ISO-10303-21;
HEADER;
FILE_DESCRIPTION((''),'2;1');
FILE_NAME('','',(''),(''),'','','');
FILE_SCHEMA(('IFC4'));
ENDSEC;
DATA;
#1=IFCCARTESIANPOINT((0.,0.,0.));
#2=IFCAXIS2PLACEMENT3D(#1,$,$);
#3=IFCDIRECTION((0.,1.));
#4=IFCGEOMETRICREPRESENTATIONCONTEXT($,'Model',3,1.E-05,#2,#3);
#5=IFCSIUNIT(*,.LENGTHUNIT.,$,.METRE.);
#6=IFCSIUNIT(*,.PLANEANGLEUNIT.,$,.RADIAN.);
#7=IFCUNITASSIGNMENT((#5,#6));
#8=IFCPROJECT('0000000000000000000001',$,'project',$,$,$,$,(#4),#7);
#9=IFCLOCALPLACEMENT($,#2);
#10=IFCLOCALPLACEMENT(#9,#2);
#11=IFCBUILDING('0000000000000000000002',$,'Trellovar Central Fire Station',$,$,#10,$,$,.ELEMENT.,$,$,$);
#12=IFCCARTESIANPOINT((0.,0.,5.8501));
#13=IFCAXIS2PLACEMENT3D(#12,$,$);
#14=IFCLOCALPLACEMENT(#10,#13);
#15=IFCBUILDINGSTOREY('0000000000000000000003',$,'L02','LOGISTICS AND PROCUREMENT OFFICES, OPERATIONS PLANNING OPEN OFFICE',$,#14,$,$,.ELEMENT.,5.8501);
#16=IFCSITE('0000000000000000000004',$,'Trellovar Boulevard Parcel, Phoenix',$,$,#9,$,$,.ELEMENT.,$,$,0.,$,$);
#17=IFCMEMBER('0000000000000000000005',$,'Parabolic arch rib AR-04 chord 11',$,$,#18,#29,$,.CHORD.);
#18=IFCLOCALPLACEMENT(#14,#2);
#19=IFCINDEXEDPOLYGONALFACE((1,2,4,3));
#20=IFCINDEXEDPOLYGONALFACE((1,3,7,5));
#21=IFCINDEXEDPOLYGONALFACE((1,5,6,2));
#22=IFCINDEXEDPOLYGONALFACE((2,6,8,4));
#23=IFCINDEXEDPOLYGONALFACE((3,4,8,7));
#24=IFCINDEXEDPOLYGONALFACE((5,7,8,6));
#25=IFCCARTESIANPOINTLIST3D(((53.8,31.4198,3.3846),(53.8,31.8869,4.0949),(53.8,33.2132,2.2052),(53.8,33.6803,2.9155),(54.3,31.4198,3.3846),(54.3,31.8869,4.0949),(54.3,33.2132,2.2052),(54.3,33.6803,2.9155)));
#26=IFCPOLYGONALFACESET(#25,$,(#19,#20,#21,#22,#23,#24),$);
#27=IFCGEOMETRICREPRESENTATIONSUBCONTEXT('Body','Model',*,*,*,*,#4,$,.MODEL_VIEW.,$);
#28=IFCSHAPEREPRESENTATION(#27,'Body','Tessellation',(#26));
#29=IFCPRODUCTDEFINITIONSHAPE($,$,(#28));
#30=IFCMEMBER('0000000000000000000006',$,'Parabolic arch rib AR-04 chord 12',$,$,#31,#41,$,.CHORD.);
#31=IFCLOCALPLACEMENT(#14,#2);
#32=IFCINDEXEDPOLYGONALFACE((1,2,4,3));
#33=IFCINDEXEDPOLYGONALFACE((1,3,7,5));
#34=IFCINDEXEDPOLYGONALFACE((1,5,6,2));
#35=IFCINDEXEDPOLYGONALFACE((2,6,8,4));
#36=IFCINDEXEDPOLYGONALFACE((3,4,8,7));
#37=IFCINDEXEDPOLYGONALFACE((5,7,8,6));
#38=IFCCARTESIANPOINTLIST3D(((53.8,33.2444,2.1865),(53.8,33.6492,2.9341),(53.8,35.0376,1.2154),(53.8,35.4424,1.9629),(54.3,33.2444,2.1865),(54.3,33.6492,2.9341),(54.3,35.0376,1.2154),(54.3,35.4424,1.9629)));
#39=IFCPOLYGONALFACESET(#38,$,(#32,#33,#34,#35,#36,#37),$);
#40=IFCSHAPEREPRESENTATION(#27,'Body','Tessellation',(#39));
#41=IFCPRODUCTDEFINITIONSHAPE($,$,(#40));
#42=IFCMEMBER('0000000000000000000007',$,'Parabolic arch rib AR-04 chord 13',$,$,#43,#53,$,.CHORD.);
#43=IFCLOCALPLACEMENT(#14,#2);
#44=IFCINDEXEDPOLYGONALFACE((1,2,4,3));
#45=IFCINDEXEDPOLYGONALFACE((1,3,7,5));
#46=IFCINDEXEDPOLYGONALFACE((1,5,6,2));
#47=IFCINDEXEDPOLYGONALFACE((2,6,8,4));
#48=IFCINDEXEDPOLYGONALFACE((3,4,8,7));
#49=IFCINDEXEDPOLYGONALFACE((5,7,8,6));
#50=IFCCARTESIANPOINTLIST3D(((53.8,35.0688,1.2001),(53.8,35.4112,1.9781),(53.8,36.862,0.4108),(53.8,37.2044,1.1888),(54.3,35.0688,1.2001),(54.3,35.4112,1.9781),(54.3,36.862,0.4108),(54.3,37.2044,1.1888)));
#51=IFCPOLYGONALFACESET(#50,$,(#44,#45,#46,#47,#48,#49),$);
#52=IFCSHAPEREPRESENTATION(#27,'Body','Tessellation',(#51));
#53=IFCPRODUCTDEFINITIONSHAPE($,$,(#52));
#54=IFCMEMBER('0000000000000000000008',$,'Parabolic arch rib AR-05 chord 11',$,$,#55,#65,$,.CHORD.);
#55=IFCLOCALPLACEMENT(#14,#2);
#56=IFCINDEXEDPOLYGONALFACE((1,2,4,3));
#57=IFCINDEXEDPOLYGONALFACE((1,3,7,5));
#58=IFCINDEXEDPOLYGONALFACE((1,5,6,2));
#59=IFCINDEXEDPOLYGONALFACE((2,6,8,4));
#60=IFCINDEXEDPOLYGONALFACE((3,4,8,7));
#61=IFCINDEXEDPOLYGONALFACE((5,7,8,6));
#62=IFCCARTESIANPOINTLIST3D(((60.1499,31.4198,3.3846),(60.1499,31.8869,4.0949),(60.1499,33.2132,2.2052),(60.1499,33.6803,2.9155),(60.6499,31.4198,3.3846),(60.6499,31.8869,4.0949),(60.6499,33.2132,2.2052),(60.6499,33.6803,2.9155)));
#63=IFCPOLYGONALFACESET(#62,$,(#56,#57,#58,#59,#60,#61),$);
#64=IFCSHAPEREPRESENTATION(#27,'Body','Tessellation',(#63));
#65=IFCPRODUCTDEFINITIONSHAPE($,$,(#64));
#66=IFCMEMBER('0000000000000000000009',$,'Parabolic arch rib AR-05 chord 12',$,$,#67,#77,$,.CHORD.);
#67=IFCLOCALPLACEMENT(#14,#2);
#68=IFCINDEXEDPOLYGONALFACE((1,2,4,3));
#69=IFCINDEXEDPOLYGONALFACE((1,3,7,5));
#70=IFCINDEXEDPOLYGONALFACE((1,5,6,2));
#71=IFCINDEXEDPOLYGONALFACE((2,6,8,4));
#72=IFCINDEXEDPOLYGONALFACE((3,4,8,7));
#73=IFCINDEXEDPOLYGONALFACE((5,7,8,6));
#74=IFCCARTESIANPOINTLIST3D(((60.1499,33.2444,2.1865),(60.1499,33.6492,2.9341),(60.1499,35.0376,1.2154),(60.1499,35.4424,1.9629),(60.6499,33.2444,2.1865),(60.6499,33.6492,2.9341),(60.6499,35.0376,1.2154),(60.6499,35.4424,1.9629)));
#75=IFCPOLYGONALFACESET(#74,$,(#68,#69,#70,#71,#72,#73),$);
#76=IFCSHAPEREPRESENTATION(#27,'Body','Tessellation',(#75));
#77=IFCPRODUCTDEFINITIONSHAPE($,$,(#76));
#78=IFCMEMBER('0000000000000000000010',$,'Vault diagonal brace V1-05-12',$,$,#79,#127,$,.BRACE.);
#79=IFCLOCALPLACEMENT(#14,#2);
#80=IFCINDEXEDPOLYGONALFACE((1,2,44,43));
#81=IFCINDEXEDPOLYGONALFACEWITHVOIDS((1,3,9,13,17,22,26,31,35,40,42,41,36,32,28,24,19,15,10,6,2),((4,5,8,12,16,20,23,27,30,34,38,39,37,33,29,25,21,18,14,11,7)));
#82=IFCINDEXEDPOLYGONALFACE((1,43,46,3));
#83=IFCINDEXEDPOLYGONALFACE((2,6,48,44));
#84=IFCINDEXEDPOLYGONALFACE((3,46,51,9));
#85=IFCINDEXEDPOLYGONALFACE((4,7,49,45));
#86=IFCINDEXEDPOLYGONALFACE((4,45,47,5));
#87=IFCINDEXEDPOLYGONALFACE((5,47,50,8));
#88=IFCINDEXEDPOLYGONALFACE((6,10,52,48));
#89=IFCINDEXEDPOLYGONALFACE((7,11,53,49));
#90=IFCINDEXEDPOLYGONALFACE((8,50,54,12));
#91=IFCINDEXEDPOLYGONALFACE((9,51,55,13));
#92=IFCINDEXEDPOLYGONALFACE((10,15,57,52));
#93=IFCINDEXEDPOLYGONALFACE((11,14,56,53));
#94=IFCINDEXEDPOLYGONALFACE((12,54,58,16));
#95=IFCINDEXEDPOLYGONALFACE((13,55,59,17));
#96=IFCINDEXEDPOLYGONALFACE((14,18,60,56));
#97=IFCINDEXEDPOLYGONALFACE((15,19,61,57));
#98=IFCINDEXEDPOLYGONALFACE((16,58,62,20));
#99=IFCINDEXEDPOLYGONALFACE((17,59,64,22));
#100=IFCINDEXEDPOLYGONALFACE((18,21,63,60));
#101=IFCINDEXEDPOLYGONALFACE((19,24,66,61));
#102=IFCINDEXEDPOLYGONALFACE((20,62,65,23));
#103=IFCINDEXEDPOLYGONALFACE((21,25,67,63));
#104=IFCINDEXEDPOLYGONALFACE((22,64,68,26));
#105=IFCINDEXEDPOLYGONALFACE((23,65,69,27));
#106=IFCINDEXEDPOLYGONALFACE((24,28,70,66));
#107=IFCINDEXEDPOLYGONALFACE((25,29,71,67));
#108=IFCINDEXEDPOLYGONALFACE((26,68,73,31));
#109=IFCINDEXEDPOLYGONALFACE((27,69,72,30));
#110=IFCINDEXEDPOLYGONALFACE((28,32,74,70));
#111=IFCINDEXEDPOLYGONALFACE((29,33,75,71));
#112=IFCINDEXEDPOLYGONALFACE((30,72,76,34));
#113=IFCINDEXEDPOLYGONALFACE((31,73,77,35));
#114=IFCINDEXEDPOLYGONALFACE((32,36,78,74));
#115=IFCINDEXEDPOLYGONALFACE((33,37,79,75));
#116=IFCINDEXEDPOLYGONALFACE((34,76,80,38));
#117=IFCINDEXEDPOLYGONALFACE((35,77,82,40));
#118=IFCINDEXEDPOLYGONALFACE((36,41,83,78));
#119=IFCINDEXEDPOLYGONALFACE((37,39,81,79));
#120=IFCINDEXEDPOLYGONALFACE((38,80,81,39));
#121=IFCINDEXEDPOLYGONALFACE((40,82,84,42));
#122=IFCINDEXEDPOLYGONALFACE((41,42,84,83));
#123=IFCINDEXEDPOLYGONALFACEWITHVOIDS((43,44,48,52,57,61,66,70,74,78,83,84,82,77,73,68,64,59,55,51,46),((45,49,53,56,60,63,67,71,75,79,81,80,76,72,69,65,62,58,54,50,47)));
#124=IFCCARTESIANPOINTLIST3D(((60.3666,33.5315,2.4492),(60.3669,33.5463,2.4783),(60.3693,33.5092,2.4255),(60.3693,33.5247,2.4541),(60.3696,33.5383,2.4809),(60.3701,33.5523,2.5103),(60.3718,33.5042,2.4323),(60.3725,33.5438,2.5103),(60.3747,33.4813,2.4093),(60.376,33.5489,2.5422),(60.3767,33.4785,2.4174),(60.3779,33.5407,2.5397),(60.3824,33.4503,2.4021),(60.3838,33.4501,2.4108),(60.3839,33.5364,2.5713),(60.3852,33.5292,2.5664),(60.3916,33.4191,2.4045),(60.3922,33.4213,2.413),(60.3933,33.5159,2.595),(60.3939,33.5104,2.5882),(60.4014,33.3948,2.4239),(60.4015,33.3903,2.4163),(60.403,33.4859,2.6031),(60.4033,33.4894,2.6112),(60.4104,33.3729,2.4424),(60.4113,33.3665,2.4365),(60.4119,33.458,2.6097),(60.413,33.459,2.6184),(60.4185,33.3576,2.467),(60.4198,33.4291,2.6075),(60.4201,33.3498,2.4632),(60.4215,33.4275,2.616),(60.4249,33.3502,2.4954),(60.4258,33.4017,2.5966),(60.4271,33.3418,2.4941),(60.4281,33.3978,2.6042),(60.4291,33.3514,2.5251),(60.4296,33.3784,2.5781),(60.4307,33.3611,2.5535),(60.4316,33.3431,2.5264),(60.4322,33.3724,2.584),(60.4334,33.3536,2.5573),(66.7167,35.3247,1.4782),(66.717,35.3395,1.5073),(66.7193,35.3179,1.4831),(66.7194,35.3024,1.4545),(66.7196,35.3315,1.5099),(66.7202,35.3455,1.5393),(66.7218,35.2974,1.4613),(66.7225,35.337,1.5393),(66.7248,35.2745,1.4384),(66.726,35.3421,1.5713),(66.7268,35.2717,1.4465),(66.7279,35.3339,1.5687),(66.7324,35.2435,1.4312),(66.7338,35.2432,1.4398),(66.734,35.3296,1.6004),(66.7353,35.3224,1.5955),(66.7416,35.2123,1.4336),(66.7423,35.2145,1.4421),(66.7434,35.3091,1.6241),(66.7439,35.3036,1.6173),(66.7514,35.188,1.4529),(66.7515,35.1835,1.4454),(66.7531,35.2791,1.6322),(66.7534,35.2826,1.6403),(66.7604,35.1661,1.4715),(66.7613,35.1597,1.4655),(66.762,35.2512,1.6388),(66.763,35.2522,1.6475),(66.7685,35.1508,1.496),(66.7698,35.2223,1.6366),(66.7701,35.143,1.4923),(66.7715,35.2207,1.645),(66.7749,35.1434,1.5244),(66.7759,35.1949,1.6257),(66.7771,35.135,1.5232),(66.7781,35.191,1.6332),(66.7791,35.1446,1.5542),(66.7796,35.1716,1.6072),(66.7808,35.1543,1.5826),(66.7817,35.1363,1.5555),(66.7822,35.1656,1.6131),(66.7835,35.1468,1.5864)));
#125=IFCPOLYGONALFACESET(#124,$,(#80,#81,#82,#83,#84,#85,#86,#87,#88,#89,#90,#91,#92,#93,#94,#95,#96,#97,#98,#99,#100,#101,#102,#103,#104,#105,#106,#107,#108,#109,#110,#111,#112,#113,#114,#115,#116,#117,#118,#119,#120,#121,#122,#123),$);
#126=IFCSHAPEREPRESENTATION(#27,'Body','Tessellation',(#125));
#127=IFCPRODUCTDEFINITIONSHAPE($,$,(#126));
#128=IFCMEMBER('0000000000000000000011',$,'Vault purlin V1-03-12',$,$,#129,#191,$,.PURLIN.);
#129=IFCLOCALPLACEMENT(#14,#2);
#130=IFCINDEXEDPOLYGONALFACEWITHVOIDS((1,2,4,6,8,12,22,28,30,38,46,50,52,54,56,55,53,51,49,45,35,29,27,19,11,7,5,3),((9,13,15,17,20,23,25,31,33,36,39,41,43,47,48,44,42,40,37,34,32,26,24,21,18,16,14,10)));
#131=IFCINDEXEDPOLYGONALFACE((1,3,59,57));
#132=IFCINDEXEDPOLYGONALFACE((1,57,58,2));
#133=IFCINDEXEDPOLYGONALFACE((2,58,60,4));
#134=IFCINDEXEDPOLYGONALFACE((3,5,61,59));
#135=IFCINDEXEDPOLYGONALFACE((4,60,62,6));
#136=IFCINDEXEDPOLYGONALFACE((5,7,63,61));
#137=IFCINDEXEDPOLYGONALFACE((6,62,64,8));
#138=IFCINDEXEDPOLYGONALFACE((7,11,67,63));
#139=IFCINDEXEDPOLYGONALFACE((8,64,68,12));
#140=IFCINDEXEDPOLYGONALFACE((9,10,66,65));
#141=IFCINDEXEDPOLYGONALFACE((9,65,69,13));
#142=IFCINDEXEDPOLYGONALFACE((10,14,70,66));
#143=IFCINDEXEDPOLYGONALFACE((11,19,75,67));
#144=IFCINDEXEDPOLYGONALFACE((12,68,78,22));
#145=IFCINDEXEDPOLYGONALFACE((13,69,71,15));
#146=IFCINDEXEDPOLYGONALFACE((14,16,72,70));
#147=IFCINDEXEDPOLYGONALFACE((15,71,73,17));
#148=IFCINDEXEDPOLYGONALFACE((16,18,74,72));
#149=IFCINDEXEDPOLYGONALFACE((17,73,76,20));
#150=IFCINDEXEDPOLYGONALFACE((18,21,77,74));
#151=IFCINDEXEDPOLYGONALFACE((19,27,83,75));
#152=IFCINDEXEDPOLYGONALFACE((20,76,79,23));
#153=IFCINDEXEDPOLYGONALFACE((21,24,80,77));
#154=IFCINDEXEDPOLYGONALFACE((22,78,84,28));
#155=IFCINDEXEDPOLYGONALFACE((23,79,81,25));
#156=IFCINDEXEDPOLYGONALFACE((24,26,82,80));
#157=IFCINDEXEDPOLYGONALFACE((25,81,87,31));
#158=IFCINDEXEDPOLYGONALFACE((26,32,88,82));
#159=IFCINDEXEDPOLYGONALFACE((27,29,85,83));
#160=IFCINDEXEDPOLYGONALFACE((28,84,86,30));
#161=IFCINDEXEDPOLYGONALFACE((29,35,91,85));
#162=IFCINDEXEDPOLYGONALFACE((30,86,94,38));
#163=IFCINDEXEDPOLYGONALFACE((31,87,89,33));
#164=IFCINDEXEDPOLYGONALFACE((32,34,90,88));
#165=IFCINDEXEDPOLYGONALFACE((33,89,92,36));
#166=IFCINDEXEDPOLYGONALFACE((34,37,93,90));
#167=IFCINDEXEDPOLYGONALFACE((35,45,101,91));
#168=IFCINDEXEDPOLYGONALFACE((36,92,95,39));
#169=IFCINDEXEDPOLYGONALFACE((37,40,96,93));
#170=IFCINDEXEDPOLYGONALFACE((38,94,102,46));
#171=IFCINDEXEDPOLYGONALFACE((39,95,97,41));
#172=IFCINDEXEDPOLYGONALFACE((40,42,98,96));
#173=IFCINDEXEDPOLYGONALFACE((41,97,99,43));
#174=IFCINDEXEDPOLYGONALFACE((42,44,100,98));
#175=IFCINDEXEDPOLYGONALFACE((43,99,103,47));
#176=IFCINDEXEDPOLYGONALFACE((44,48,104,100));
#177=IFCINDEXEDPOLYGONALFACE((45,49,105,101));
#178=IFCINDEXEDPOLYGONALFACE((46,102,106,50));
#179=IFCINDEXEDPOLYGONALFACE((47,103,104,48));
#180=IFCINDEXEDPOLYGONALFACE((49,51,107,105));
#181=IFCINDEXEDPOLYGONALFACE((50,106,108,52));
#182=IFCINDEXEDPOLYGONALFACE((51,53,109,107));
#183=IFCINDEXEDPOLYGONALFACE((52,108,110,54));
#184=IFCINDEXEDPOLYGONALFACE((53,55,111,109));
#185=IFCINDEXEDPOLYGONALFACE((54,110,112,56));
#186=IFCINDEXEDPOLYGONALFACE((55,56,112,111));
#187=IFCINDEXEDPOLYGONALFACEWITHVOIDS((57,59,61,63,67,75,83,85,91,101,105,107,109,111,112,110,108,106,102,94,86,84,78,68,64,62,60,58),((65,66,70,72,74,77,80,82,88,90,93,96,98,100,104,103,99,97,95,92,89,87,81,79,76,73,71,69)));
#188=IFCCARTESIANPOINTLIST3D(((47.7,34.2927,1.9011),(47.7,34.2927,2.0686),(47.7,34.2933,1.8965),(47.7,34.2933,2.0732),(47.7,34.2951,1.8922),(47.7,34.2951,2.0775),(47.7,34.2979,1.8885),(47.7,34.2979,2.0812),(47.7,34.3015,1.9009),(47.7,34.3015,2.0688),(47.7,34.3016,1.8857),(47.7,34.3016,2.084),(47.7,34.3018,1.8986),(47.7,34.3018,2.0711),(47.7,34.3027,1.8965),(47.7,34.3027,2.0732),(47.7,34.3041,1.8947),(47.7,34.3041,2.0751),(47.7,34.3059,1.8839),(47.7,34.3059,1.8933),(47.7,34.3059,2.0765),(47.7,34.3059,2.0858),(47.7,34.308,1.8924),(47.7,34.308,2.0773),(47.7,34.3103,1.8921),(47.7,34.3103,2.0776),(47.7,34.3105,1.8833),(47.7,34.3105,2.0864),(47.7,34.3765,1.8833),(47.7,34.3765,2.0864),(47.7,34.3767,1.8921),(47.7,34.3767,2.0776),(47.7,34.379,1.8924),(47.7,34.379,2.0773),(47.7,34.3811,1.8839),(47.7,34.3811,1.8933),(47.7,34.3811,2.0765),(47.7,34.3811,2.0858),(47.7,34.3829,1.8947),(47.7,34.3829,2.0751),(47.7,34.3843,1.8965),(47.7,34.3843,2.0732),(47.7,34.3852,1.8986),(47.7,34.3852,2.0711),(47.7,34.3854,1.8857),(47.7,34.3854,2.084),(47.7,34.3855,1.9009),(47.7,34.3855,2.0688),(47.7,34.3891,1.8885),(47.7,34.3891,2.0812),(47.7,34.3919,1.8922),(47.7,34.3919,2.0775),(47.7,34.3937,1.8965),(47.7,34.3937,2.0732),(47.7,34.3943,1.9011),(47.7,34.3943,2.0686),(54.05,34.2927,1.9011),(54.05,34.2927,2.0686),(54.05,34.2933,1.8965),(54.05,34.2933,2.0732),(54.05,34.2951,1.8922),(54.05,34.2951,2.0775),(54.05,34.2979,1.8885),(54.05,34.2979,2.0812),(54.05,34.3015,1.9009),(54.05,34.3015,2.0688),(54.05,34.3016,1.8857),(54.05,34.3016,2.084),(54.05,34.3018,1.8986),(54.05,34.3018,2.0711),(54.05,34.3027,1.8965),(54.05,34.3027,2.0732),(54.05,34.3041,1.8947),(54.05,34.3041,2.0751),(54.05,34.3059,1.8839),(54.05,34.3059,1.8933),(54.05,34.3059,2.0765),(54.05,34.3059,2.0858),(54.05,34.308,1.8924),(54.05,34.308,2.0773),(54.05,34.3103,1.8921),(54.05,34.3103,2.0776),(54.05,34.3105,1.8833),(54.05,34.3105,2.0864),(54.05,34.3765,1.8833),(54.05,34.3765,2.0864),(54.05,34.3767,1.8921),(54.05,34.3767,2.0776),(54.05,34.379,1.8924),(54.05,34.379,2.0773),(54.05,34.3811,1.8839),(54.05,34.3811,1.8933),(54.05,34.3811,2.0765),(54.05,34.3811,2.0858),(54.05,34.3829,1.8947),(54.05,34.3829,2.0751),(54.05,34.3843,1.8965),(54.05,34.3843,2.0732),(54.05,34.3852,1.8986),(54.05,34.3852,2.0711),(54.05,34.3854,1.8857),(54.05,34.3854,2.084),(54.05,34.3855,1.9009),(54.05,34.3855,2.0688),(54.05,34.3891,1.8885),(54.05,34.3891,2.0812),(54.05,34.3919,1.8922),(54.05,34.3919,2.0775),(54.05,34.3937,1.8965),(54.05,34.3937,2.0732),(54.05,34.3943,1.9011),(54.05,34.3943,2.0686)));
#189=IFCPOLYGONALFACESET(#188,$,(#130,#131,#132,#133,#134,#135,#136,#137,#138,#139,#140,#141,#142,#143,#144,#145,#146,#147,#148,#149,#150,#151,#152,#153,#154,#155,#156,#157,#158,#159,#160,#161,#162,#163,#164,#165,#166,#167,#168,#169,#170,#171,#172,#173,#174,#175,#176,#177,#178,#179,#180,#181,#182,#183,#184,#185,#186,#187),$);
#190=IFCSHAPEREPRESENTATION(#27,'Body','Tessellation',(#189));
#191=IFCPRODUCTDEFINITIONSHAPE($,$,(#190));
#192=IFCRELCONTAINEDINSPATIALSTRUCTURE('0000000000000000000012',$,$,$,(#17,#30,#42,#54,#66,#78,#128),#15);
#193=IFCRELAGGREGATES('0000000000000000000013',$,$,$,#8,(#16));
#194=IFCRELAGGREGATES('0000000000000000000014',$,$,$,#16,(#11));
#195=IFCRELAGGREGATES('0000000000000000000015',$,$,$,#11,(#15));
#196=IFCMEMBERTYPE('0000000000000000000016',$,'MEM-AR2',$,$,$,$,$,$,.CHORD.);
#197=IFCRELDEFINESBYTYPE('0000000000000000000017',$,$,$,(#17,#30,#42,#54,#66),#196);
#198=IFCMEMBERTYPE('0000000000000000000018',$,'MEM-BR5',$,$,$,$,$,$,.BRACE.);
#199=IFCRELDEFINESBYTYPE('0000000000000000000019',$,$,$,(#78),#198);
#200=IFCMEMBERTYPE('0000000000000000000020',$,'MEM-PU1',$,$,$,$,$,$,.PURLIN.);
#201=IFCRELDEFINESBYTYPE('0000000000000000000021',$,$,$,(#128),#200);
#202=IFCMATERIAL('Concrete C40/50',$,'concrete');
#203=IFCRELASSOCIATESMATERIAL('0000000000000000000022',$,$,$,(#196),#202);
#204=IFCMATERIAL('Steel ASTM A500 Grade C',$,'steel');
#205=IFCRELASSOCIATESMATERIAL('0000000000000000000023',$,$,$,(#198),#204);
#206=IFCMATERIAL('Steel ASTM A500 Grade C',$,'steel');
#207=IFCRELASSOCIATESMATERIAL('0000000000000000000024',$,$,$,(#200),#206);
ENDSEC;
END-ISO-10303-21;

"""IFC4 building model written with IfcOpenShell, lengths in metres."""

from ifc_helpers import new_model, si_unit, direction, frame, origin, origin_2d, place, context, subcontext, project, spatial, rectangle, hollow_rectangle, hollow_circle, extrude, material, material_profile, profile_set, type_object, element, save


model = new_model("IFC4")

# Units and contexts
model_context = context("Model", 3, precision=1e-05, world=origin(), true_north=direction((0.0, 1.0)))
body_context = subcontext(model_context, "Body", "Model", "MODEL_VIEW")
ifc_project = project(units=[si_unit("LENGTHUNIT", "METRE"), si_unit("PLANEANGLEUNIT", "RADIAN")], contexts=[model_context])

# Site, building, storey
site_placement = place(None, origin())
site = spatial("IfcSite", under=ifc_project, at=site_placement, Name="Trellovar Boulevard Parcel, Phoenix", CompositionType="ELEMENT", RefElevation=0.0)
building_placement = place(site_placement, origin())
building = spatial("IfcBuilding", under=site, at=building_placement, Name="Trellovar Central Fire Station", CompositionType="ELEMENT")
storey_placement = place(building_placement, frame((0.0, 0.0, 5.8501)))
storey = spatial("IfcBuildingStorey", under=building, at=storey_placement, Name="L02", Description="LOGISTICS AND PROCUREMENT OFFICES, OPERATIONS PLANNING OPEN OFFICE", CompositionType="ELEMENT", Elevation=5.8501)

# Members
ifc_material_1 = material(Name="Concrete C40/50", Category="concrete")
ifc_material_profile_1 = material_profile(ifc_material_1, rectangle(XDim=0.5, YDim=0.8501, at=origin_2d()), Name="RC500X850")
ifc_profile_set_1 = profile_set([ifc_material_profile_1], Name="Concrete C40/50")
member_type_1 = type_object("IfcMemberType", Name="MEM-AR2", PredefinedType="CHORD", material=ifc_profile_set_1)
member_1_placement = place(storey_placement, frame((54.05, 31.6533, 3.7397), z_axis=(0.0, 0.835516, -0.549466), x_axis=(-1.0, 0.0, 0.0)))
element("IfcMember", 1, at=member_1_placement, inside=storey, type_object=member_type_1, Name="Parabolic arch rib AR-04 chord 11", PredefinedType="CHORD", context=body_context, shape_type="SweptSolid", body=[
    extrude(rectangle(XDim=0.5, YDim=0.8501, at=origin_2d()), origin(), (0.0, 0.0, 1.0), 2.1465),
])
member_2_placement = place(storey_placement, frame((54.05, 33.4468, 2.5603), z_axis=(0.0, 0.879319, -0.476233), x_axis=(-1.0, 0.0, 0.0)))
element("IfcMember", 2, at=member_2_placement, inside=storey, type_object=member_type_1, Name="Parabolic arch rib AR-04 chord 12", PredefinedType="CHORD", context=body_context, shape_type="SweptSolid", body=[
    extrude(rectangle(XDim=0.5, YDim=0.8501, at=origin_2d()), origin(), (0.0, 0.0, 1.0), 2.0393),
])
member_3_placement = place(storey_placement, frame((54.05, 35.24, 1.5891), z_axis=(0.0, 0.91526, -0.402864), x_axis=(-1.0, 0.0, 0.0)))
element("IfcMember", 3, at=member_3_placement, inside=storey, type_object=member_type_1, Name="Parabolic arch rib AR-04 chord 13", PredefinedType="CHORD", context=body_context, shape_type="SweptSolid", body=[
    extrude(rectangle(XDim=0.5, YDim=0.8501, at=origin_2d()), origin(), (0.0, 0.0, 1.0), 1.9592),
])
member_4_placement = place(storey_placement, frame((60.3999, 31.6533, 3.7397), z_axis=(0.0, 0.835516, -0.549466), x_axis=(-1.0, 0.0, 0.0)))
element("IfcMember", 4, at=member_4_placement, inside=storey, type_object=member_type_1, Name="Parabolic arch rib AR-05 chord 11", PredefinedType="CHORD", context=body_context, shape_type="SweptSolid", body=[
    extrude(rectangle(XDim=0.5, YDim=0.8501, at=origin_2d()), origin(), (0.0, 0.0, 1.0), 2.1465),
])
member_5_placement = place(storey_placement, frame((60.3999, 33.4468, 2.5603), z_axis=(0.0, 0.879319, -0.476233), x_axis=(-1.0, 0.0, 0.0)))
element("IfcMember", 5, at=member_5_placement, inside=storey, type_object=member_type_1, Name="Parabolic arch rib AR-05 chord 12", PredefinedType="CHORD", context=body_context, shape_type="SweptSolid", body=[
    extrude(rectangle(XDim=0.5, YDim=0.8501, at=origin_2d()), origin(), (0.0, 0.0, 1.0), 2.0393),
])
ifc_material_2 = material(Name="Steel ASTM A500 Grade C", Category="steel")
ifc_material_profile_2 = material_profile(ifc_material_2, hollow_circle(Radius=0.1096, WallThickness=0.0088, at=origin_2d()), Name="HSS8.625X0.375")
ifc_profile_set_2 = profile_set([ifc_material_profile_2], Name="Steel ASTM A500 Grade C")
member_type_2 = type_object("IfcMemberType", Name="MEM-BR5", PredefinedType="BRACE", material=ifc_profile_set_2)
member_6_placement = place(storey_placement, frame((60.3999, 33.4468, 2.5103), z_axis=(0.952111, 0.268868, -0.14558), x_axis=(-0.271763, 0.962364, 0.0)))
element("IfcMember", 6, at=member_6_placement, inside=storey, type_object=member_type_2, Name="Vault diagonal brace V1-05-12", PredefinedType="BRACE", context=body_context, shape_type="SweptSolid", body=[
    extrude(hollow_circle(Radius=0.1096, WallThickness=0.0088, at=origin_2d()), origin(), (0.0, 0.0, 1.0), 6.6694),
])
ifc_material_3 = material(Name="Steel ASTM A500 Grade C", Category="steel")
ifc_material_profile_3 = material_profile(ifc_material_3, hollow_rectangle(XDim=0.1016, YDim=0.2031, WallThickness=0.0088, InnerFilletRadius=0.0088, OuterFilletRadius=0.0178, at=origin_2d()), Name="HSS8X4X3/8")
ifc_profile_set_3 = profile_set([ifc_material_profile_3], Name="Steel ASTM A500 Grade C")
member_type_3 = type_object("IfcMemberType", Name="MEM-PU1", PredefinedType="PURLIN", material=ifc_profile_set_3)
member_7_placement = place(storey_placement, frame((47.7, 34.3435, 1.9849), z_axis=(1.0, 0.0, 0.0), x_axis=(0.0, 1.0, 0.0)))
element("IfcMember", 7, at=member_7_placement, inside=storey, type_object=member_type_3, Name="Vault purlin V1-03-12", PredefinedType="PURLIN", context=body_context, shape_type="SweptSolid", body=[
    extrude(hollow_rectangle(XDim=0.1016, YDim=0.2031, WallThickness=0.0088, InnerFilletRadius=0.0088, OuterFilletRadius=0.0178, at=origin_2d()), origin(), (0.0, 0.0, 1.0), 6.3501),
])

save(model, "model.ifc")
